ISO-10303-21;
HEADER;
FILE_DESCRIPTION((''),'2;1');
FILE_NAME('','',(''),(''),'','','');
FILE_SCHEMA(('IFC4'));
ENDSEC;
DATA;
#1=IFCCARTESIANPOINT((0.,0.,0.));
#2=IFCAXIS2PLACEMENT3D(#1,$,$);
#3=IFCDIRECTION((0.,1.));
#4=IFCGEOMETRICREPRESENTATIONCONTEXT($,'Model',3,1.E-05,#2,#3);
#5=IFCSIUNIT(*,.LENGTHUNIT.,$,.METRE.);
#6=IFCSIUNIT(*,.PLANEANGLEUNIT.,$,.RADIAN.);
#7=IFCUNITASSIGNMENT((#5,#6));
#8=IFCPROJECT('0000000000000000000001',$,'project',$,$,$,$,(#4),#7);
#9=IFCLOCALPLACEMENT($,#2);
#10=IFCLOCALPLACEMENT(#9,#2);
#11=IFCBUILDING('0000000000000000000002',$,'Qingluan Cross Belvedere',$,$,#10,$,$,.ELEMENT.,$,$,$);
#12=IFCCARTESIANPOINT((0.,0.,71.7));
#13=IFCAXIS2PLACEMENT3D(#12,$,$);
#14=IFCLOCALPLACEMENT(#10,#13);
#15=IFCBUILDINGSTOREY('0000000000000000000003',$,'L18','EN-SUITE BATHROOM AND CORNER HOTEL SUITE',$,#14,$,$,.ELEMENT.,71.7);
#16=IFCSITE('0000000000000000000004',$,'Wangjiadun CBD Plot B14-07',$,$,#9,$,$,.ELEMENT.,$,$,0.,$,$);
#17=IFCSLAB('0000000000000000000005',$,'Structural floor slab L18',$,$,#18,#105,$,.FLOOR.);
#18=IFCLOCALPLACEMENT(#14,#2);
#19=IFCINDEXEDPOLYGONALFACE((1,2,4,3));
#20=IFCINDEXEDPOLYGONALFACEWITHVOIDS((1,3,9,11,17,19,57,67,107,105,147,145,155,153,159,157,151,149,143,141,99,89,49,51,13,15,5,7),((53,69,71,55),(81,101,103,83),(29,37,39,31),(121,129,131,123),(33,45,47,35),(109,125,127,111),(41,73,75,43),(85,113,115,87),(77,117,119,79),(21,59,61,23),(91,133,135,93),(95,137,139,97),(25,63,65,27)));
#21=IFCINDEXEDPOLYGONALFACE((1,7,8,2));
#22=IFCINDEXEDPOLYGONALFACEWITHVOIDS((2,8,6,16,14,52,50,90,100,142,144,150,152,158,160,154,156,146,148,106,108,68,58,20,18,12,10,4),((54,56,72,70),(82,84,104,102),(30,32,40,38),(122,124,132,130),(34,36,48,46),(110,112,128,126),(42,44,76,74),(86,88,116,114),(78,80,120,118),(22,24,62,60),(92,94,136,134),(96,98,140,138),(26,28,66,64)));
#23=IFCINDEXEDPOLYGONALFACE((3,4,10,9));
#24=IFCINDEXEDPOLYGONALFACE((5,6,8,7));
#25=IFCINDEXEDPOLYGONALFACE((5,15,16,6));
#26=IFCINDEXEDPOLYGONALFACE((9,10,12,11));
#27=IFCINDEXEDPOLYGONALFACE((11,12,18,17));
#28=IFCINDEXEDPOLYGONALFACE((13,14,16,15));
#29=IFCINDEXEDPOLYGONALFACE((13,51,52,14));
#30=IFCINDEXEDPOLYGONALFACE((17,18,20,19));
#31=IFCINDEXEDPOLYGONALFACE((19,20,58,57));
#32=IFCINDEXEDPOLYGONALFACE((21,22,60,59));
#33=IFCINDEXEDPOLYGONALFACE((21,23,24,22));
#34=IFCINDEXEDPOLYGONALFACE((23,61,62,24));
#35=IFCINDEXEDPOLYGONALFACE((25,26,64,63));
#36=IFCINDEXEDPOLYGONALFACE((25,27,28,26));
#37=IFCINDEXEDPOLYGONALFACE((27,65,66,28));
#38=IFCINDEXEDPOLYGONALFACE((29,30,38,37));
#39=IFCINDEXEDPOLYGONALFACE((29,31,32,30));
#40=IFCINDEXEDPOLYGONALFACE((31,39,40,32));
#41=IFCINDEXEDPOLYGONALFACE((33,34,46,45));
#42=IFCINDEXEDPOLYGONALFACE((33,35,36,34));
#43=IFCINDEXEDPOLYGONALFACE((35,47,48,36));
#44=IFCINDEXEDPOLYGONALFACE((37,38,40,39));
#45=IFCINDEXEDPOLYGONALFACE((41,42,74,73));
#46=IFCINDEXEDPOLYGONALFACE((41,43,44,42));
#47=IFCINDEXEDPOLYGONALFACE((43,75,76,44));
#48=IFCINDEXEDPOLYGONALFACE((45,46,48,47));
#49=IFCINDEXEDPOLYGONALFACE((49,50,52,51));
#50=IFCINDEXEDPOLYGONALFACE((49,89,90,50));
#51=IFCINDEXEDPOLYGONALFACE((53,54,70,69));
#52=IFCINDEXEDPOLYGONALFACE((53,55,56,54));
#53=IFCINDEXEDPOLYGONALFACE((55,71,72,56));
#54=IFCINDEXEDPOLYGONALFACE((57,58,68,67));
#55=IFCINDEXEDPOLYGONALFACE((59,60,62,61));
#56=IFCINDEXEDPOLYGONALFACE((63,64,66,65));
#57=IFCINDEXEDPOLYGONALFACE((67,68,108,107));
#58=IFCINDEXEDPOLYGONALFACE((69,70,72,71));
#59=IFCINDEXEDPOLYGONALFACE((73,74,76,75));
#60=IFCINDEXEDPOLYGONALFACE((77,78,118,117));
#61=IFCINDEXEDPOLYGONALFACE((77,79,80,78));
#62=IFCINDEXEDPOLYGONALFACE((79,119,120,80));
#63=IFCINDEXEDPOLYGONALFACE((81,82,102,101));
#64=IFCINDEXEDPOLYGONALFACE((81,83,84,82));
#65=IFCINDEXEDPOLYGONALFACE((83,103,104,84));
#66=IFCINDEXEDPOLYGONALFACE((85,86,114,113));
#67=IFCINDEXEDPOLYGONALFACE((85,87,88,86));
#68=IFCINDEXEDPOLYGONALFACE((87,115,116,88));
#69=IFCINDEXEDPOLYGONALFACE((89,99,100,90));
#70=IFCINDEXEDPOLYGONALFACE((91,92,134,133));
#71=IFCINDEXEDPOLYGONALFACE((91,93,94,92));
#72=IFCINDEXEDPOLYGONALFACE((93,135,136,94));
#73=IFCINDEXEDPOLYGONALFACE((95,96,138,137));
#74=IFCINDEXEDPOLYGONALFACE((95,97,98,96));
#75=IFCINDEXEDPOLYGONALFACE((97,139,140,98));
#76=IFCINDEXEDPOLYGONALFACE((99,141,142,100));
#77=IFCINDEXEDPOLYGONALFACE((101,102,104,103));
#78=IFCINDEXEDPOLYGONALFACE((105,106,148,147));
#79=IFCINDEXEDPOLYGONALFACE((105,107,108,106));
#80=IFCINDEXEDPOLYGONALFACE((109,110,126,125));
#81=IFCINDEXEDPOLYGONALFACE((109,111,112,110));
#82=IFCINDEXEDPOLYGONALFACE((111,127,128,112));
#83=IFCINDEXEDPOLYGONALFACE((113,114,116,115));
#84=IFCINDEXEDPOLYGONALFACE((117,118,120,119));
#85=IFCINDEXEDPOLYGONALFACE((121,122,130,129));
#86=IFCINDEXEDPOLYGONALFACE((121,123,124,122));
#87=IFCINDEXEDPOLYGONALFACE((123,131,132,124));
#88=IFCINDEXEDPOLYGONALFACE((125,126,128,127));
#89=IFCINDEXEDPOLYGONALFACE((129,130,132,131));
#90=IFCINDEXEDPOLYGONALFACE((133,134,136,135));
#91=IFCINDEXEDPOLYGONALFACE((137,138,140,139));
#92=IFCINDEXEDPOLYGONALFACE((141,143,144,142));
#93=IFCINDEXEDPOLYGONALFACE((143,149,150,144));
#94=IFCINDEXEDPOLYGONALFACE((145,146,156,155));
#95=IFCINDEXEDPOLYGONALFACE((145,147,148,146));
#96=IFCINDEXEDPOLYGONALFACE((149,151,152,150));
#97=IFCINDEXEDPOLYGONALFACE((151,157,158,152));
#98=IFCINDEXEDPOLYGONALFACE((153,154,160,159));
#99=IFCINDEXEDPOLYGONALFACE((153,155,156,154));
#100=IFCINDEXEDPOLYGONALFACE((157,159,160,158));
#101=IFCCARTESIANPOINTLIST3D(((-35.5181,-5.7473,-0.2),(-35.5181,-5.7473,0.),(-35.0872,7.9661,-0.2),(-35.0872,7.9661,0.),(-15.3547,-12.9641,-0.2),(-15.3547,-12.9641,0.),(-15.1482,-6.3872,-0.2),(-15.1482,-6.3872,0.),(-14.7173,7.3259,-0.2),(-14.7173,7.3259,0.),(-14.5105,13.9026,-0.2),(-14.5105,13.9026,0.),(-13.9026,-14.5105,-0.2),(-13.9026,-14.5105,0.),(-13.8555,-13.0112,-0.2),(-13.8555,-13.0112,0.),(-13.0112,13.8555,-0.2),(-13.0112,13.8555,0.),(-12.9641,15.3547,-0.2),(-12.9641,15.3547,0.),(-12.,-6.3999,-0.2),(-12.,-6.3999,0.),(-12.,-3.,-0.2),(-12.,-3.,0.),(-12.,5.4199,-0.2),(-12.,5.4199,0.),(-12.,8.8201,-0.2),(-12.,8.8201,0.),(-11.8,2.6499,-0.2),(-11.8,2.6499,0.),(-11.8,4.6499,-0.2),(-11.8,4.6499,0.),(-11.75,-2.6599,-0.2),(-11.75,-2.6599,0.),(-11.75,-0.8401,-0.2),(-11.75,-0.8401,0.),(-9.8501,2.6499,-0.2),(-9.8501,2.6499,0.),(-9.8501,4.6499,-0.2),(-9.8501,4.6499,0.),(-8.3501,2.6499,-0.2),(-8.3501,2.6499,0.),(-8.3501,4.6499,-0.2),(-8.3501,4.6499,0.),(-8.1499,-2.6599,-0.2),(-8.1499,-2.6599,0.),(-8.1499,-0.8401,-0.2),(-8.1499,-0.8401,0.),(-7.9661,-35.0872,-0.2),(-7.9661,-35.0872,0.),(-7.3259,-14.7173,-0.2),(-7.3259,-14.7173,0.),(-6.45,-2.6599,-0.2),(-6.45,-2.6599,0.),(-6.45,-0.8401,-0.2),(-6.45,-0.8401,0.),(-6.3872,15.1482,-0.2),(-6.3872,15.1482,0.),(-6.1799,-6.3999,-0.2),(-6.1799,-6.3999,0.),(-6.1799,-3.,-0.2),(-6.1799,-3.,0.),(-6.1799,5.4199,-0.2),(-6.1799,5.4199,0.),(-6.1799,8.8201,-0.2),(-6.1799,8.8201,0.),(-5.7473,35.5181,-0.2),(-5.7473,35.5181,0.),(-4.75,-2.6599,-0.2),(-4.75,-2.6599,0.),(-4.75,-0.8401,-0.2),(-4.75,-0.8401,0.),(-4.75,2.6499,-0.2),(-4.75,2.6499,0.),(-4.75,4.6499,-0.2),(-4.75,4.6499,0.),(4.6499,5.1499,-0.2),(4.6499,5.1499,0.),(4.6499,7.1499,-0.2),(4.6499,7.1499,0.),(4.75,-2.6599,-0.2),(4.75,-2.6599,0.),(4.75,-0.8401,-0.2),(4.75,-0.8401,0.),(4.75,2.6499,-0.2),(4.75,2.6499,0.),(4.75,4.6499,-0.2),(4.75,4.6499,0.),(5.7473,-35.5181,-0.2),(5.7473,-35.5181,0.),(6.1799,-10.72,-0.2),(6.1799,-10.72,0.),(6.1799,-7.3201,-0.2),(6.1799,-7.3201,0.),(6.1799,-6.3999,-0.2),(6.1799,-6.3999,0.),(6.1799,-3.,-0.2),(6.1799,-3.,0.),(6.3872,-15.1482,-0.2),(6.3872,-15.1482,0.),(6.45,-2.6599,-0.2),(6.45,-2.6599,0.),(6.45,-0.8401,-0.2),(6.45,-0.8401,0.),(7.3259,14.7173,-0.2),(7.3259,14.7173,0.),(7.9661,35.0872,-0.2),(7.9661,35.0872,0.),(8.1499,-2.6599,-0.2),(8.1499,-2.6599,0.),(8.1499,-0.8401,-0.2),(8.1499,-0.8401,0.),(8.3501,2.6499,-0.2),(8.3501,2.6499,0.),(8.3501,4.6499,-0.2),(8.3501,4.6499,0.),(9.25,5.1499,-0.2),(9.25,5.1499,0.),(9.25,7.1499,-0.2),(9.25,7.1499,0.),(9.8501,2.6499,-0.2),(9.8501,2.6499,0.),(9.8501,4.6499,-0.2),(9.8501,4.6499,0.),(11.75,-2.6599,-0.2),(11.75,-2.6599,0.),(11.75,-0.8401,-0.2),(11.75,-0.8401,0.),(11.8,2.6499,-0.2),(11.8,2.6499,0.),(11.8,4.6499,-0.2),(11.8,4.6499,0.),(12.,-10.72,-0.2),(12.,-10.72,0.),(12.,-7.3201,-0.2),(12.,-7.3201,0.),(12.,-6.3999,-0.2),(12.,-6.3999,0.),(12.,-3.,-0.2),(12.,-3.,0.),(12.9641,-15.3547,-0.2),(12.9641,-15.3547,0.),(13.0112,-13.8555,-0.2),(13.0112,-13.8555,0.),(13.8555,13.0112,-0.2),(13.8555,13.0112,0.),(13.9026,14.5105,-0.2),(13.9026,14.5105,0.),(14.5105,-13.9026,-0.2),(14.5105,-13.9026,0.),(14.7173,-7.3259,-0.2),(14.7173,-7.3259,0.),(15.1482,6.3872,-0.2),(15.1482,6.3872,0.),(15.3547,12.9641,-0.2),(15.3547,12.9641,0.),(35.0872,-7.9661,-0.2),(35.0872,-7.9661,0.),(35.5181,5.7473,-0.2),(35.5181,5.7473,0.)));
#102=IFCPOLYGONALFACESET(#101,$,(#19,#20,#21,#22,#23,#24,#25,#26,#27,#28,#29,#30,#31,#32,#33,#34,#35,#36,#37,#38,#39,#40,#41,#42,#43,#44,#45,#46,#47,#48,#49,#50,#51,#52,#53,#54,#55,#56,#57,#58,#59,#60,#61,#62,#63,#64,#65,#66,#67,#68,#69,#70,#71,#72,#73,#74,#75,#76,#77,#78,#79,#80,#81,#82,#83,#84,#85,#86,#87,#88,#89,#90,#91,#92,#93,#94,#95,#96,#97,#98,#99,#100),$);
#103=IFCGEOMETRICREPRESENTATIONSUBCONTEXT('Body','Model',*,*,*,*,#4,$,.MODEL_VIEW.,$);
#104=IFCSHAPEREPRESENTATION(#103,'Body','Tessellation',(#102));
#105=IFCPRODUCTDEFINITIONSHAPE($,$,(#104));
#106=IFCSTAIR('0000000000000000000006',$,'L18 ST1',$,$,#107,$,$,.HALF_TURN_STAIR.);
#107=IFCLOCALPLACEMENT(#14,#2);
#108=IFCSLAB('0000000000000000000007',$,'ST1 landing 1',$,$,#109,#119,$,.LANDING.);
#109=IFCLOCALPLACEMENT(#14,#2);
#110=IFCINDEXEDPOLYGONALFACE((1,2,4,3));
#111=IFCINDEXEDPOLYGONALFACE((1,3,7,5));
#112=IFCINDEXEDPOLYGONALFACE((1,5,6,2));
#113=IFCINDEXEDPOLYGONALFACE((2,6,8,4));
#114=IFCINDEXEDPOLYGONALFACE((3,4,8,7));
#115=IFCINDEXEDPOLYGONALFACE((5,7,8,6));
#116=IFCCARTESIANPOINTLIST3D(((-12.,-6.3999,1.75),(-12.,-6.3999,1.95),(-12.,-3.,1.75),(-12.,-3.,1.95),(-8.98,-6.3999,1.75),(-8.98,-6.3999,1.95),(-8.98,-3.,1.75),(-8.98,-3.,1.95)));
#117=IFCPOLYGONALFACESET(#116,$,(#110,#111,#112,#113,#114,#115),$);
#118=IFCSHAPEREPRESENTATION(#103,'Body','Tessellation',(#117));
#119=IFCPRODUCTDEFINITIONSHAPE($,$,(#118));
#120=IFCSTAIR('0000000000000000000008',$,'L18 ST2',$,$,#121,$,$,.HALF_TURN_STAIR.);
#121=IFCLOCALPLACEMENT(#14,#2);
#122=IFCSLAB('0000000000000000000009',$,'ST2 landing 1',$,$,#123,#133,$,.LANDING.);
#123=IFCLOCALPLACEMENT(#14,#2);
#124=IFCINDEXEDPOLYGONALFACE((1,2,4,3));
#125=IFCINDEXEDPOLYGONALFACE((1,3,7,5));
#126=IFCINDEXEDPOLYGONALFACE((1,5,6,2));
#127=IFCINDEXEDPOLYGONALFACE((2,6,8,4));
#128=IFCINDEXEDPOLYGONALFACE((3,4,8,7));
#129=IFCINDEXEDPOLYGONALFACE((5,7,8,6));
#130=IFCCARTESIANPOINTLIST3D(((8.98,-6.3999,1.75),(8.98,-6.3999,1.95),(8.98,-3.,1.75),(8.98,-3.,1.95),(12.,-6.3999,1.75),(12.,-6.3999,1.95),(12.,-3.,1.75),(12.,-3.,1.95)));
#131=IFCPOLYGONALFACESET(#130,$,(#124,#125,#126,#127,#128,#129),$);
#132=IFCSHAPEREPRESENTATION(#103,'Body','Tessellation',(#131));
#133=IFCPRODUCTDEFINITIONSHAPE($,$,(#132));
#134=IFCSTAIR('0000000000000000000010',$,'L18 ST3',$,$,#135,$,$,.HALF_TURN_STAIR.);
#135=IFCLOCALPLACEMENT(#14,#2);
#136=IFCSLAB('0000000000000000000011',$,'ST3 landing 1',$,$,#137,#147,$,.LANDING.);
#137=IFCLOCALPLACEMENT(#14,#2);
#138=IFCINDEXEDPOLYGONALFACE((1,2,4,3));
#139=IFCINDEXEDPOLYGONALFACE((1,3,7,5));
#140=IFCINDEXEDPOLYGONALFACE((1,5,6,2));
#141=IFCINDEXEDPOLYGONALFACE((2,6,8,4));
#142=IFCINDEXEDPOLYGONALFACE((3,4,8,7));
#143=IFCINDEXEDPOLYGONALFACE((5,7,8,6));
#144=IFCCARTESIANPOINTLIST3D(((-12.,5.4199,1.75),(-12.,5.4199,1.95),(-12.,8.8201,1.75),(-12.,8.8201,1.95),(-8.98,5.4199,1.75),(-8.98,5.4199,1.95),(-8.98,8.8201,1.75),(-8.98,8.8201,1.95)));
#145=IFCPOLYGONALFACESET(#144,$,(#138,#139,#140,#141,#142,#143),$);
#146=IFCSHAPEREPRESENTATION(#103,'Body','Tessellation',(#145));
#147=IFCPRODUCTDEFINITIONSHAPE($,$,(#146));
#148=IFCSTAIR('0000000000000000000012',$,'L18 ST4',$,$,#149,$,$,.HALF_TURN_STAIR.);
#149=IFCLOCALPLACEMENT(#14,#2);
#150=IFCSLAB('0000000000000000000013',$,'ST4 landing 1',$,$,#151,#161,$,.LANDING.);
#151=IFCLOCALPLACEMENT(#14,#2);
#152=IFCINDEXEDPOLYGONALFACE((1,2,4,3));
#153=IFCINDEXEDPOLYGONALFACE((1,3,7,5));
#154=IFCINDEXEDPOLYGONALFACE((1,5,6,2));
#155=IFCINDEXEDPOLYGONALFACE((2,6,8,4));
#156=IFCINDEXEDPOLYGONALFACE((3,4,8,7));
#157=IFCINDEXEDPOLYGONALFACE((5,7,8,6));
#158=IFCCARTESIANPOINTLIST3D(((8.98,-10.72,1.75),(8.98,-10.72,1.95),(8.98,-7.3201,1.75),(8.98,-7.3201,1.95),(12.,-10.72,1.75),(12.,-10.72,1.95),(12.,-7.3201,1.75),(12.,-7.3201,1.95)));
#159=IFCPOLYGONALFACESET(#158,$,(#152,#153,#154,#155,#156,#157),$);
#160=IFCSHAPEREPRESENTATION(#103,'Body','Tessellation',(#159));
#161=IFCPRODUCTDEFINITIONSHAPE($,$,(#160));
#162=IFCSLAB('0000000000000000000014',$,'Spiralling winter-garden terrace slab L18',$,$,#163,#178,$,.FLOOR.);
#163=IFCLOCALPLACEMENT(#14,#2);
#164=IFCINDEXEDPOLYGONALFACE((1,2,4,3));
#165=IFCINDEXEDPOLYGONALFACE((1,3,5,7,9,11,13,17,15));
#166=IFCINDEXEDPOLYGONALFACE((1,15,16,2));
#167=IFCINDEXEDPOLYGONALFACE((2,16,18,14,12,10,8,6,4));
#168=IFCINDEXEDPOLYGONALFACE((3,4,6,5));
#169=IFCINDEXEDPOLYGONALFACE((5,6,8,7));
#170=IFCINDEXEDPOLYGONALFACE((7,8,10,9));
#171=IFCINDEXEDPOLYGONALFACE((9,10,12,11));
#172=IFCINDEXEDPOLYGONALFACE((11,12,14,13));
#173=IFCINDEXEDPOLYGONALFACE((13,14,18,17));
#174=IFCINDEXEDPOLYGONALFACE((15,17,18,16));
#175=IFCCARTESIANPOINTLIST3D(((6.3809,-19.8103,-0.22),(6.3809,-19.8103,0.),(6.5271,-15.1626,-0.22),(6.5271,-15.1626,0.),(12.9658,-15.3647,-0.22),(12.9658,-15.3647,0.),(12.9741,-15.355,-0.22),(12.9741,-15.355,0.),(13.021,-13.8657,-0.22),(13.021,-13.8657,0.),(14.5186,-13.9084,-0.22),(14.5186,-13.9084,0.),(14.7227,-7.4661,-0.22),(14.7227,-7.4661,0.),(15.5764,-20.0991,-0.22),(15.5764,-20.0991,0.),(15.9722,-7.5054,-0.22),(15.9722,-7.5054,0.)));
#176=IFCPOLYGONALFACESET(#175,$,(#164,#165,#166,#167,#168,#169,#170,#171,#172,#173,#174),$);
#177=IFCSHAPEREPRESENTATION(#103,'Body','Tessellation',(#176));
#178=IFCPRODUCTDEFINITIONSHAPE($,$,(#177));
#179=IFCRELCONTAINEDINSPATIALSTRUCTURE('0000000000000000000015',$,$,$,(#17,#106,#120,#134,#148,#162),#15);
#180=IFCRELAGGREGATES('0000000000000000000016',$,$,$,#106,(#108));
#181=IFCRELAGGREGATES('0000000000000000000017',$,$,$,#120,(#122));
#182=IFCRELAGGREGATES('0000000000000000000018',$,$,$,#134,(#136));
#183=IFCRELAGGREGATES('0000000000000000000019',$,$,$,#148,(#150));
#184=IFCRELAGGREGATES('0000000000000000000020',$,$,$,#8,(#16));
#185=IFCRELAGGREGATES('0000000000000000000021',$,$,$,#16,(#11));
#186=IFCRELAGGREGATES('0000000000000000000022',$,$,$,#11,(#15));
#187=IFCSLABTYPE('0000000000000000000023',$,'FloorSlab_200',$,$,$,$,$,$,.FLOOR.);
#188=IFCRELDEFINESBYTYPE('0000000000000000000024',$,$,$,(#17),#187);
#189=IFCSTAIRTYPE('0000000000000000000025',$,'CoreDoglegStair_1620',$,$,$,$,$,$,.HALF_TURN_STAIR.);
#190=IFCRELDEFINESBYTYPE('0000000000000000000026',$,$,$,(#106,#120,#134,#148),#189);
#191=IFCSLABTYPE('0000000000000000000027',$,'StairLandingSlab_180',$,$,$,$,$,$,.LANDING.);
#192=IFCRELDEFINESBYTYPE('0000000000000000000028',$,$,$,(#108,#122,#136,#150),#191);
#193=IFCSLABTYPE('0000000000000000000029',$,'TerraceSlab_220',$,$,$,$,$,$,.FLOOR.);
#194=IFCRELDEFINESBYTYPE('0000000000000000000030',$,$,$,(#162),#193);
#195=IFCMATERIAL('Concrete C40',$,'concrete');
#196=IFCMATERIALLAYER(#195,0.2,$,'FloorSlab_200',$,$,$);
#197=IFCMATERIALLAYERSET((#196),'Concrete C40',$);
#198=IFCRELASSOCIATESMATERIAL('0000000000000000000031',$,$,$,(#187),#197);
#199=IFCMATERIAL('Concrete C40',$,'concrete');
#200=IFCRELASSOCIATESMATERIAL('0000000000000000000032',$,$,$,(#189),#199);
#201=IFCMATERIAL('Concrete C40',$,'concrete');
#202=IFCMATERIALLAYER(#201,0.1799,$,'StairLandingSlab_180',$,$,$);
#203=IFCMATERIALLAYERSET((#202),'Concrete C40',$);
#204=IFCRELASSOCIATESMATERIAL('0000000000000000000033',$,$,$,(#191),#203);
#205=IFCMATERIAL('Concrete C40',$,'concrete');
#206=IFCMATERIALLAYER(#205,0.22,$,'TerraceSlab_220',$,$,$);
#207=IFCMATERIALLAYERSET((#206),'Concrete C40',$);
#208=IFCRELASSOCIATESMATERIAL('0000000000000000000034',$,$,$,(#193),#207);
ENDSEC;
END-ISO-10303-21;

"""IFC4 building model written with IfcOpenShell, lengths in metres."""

from ifc_helpers import new_model, si_unit, direction, frame, origin, place, context, subcontext, project, spatial, polyline, outline, extrude, material, layer, layer_set, type_object, element, aggregate, save


model = new_model("IFC4")

# Units and contexts
model_context = context("Model", 3, precision=1e-05, world=origin(), true_north=direction((0.0, 1.0)))
body_context = subcontext(model_context, "Body", "Model", "MODEL_VIEW")
ifc_project = project(units=[si_unit("LENGTHUNIT", "METRE"), si_unit("PLANEANGLEUNIT", "RADIAN")], contexts=[model_context])

# Site, building, storey
site_placement = place(None, origin())
site = spatial("IfcSite", under=ifc_project, at=site_placement, Name="Wangjiadun CBD Plot B14-07", CompositionType="ELEMENT", RefElevation=0.0)
building_placement = place(site_placement, origin())
building = spatial("IfcBuilding", under=site, at=building_placement, Name="Qingluan Cross Belvedere", CompositionType="ELEMENT")
storey_placement = place(building_placement, frame((0.0, 0.0, 71.7)))
storey = spatial("IfcBuildingStorey", under=building, at=storey_placement, Name="L18", Description="EN-SUITE BATHROOM AND CORNER HOTEL SUITE", CompositionType="ELEMENT", Elevation=71.7)

# Slab
ifc_material_1 = material(Name="Concrete C40", Category="concrete")
ifc_layer_1 = layer(ifc_material_1, 0.2, Name="FloorSlab_200")
ifc_layer_set_1 = layer_set([ifc_layer_1], Name="Concrete C40")
slab_type_1 = type_object("IfcSlabType", Name="FloorSlab_200", PredefinedType="FLOOR", material=ifc_layer_set_1)
slab_1_placement = place(storey_placement, frame((0.0, 0.0, -0.2)))
element("IfcSlab", 1, at=slab_1_placement, inside=storey, type_object=slab_type_1, Name="Structural floor slab L18", PredefinedType="FLOOR", context=body_context, shape_type="SweptSolid", body=[
    extrude(outline(polyline([(5.7473, -35.5181), (6.3872, -15.1482), (12.9641, -15.3547), (13.0112, -13.8555), (14.5105, -13.9026), (14.7173, -7.3259), (35.0872, -7.9661), (35.5181, 5.7473), (15.1482, 6.3872), (15.3547, 12.9641), (13.8555, 13.0112), (13.9026, 14.5105), (7.3259, 14.7173), (7.9661, 35.0872), (-5.7473, 35.5181), (-6.3872, 15.1482), (-12.9641, 15.3547), (-13.0112, 13.8555), (-14.5105, 13.9026), (-14.7173, 7.3259), (-35.0872, 7.9661), (-35.5181, -5.7473), (-15.1482, -6.3872), (-15.3547, -12.9641), (-13.8555, -13.0112), (-13.9026, -14.5105), (-7.3259, -14.7173), (-7.9661, -35.0872), (5.7473, -35.5181)]), holes=[polyline([(-12.0, -3.0), (-6.1799, -3.0), (-6.1799, -6.3999), (-12.0, -6.3999), (-12.0, -3.0)]), polyline([(6.1799, -3.0), (12.0, -3.0), (12.0, -6.3999), (6.1799, -6.3999), (6.1799, -3.0)]), polyline([(-12.0, 8.8201), (-6.1799, 8.8201), (-6.1799, 5.4199), (-12.0, 5.4199), (-12.0, 8.8201)]), polyline([(6.1799, -7.3201), (12.0, -7.3201), (12.0, -10.72), (6.1799, -10.72), (6.1799, -7.3201)]), polyline([(-11.8, 4.6499), (-9.8501, 4.6499), (-9.8501, 2.6499), (-11.8, 2.6499), (-11.8, 4.6499)]), polyline([(-8.3501, 4.6499), (-4.75, 4.6499), (-4.75, 2.6499), (-8.3501, 2.6499), (-8.3501, 4.6499)]), polyline([(4.75, 4.6499), (8.3501, 4.6499), (8.3501, 2.6499), (4.75, 2.6499), (4.75, 4.6499)]), polyline([(9.8501, 4.6499), (11.8, 4.6499), (11.8, 2.6499), (9.8501, 2.6499), (9.8501, 4.6499)]), polyline([(-11.75, -0.8401), (-8.1499, -0.8401), (-8.1499, -2.6599), (-11.75, -2.6599), (-11.75, -0.8401)]), polyline([(-6.45, -0.8401), (-4.75, -0.8401), (-4.75, -2.6599), (-6.45, -2.6599), (-6.45, -0.8401)]), polyline([(4.75, -0.8401), (6.45, -0.8401), (6.45, -2.6599), (4.75, -2.6599), (4.75, -0.8401)]), polyline([(8.1499, -0.8401), (11.75, -0.8401), (11.75, -2.6599), (8.1499, -2.6599), (8.1499, -0.8401)]), polyline([(4.6499, 7.1499), (9.25, 7.1499), (9.25, 5.1499), (4.6499, 5.1499), (4.6499, 7.1499)])]), origin(), (0.0, 0.0, 1.0), 0.2),
])

# Stairs, slabs
ifc_material_2 = material(Name="Concrete C40", Category="concrete")
stair_type = type_object("IfcStairType", Name="CoreDoglegStair_1620", PredefinedType="HALF_TURN_STAIR", material=ifc_material_2)
stair_1_placement = place(storey_placement, origin())
stair_1 = element("IfcStair", 2, at=stair_1_placement, inside=storey, type_object=stair_type, Name="L18 ST1", PredefinedType="HALF_TURN_STAIR")
ifc_material_3 = material(Name="Concrete C40", Category="concrete")
ifc_layer_2 = layer(ifc_material_3, 0.1799, Name="StairLandingSlab_180")
ifc_layer_set_2 = layer_set([ifc_layer_2], Name="Concrete C40")
slab_type_2 = type_object("IfcSlabType", Name="StairLandingSlab_180", PredefinedType="LANDING", material=ifc_layer_set_2)
slab_2_placement = place(storey_placement, frame((0.0, 0.0, 1.75)))
slab_2 = element("IfcSlab", 3, at=slab_2_placement, type_object=slab_type_2, Name="ST1 landing 1", PredefinedType="LANDING", context=body_context, shape_type="SweptSolid", body=[
    extrude(outline(polyline([(-8.98, -3.0), (-12.0, -3.0), (-12.0, -6.3999), (-8.98, -6.3999), (-8.98, -3.0)])), origin(), (0.0, 0.0, 1.0), 0.2),
])
aggregate(stair_1, [slab_2])
stair_2_placement = place(storey_placement, origin())
stair_2 = element("IfcStair", 4, at=stair_2_placement, inside=storey, type_object=stair_type, Name="L18 ST2", PredefinedType="HALF_TURN_STAIR")
slab_3_placement = place(storey_placement, frame((0.0, 0.0, 1.75)))
slab_3 = element("IfcSlab", 5, at=slab_3_placement, type_object=slab_type_2, Name="ST2 landing 1", PredefinedType="LANDING", context=body_context, shape_type="SweptSolid", body=[
    extrude(outline(polyline([(8.98, -6.3999), (12.0, -6.3999), (12.0, -3.0), (8.98, -3.0), (8.98, -6.3999)])), origin(), (0.0, 0.0, 1.0), 0.2),
])
aggregate(stair_2, [slab_3])
stair_3_placement = place(storey_placement, origin())
stair_3 = element("IfcStair", 6, at=stair_3_placement, inside=storey, type_object=stair_type, Name="L18 ST3", PredefinedType="HALF_TURN_STAIR")
slab_4_placement = place(storey_placement, frame((0.0, 0.0, 1.75)))
slab_4 = element("IfcSlab", 7, at=slab_4_placement, type_object=slab_type_2, Name="ST3 landing 1", PredefinedType="LANDING", context=body_context, shape_type="SweptSolid", body=[
    extrude(outline(polyline([(-8.98, 8.8201), (-12.0, 8.8201), (-12.0, 5.4199), (-8.98, 5.4199), (-8.98, 8.8201)])), origin(), (0.0, 0.0, 1.0), 0.2),
])
aggregate(stair_3, [slab_4])
stair_4_placement = place(storey_placement, origin())
stair_4 = element("IfcStair", 8, at=stair_4_placement, inside=storey, type_object=stair_type, Name="L18 ST4", PredefinedType="HALF_TURN_STAIR")
slab_5_placement = place(storey_placement, frame((0.0, 0.0, 1.75)))
slab_5 = element("IfcSlab", 9, at=slab_5_placement, type_object=slab_type_2, Name="ST4 landing 1", PredefinedType="LANDING", context=body_context, shape_type="SweptSolid", body=[
    extrude(outline(polyline([(8.98, -10.72), (12.0, -10.72), (12.0, -7.3201), (8.98, -7.3201), (8.98, -10.72)])), origin(), (0.0, 0.0, 1.0), 0.2),
])
aggregate(stair_4, [slab_5])

# Slab
ifc_material_4 = material(Name="Concrete C40", Category="concrete")
ifc_layer_3 = layer(ifc_material_4, 0.22, Name="TerraceSlab_220")
ifc_layer_set_3 = layer_set([ifc_layer_3], Name="Concrete C40")
slab_type_3 = type_object("IfcSlabType", Name="TerraceSlab_220", PredefinedType="FLOOR", material=ifc_layer_set_3)
slab_6_placement = place(storey_placement, frame((0.0, 0.0, -0.22)))
element("IfcSlab", 10, at=slab_6_placement, inside=storey, type_object=slab_type_3, Name="Spiralling winter-garden terrace slab L18", PredefinedType="FLOOR", context=body_context, shape_type="SweptSolid", body=[
    extrude(outline(polyline([(14.7227, -7.4661), (14.5186, -13.9084), (13.021, -13.8657), (12.9741, -15.355), (12.9658, -15.3647), (6.5271, -15.1626), (6.3809, -19.8103), (15.5764, -20.0991), (15.9722, -7.5054), (14.7227, -7.4661)])), origin(), (0.0, 0.0, 1.0), 0.22),
])

save(model, "model.ifc")
